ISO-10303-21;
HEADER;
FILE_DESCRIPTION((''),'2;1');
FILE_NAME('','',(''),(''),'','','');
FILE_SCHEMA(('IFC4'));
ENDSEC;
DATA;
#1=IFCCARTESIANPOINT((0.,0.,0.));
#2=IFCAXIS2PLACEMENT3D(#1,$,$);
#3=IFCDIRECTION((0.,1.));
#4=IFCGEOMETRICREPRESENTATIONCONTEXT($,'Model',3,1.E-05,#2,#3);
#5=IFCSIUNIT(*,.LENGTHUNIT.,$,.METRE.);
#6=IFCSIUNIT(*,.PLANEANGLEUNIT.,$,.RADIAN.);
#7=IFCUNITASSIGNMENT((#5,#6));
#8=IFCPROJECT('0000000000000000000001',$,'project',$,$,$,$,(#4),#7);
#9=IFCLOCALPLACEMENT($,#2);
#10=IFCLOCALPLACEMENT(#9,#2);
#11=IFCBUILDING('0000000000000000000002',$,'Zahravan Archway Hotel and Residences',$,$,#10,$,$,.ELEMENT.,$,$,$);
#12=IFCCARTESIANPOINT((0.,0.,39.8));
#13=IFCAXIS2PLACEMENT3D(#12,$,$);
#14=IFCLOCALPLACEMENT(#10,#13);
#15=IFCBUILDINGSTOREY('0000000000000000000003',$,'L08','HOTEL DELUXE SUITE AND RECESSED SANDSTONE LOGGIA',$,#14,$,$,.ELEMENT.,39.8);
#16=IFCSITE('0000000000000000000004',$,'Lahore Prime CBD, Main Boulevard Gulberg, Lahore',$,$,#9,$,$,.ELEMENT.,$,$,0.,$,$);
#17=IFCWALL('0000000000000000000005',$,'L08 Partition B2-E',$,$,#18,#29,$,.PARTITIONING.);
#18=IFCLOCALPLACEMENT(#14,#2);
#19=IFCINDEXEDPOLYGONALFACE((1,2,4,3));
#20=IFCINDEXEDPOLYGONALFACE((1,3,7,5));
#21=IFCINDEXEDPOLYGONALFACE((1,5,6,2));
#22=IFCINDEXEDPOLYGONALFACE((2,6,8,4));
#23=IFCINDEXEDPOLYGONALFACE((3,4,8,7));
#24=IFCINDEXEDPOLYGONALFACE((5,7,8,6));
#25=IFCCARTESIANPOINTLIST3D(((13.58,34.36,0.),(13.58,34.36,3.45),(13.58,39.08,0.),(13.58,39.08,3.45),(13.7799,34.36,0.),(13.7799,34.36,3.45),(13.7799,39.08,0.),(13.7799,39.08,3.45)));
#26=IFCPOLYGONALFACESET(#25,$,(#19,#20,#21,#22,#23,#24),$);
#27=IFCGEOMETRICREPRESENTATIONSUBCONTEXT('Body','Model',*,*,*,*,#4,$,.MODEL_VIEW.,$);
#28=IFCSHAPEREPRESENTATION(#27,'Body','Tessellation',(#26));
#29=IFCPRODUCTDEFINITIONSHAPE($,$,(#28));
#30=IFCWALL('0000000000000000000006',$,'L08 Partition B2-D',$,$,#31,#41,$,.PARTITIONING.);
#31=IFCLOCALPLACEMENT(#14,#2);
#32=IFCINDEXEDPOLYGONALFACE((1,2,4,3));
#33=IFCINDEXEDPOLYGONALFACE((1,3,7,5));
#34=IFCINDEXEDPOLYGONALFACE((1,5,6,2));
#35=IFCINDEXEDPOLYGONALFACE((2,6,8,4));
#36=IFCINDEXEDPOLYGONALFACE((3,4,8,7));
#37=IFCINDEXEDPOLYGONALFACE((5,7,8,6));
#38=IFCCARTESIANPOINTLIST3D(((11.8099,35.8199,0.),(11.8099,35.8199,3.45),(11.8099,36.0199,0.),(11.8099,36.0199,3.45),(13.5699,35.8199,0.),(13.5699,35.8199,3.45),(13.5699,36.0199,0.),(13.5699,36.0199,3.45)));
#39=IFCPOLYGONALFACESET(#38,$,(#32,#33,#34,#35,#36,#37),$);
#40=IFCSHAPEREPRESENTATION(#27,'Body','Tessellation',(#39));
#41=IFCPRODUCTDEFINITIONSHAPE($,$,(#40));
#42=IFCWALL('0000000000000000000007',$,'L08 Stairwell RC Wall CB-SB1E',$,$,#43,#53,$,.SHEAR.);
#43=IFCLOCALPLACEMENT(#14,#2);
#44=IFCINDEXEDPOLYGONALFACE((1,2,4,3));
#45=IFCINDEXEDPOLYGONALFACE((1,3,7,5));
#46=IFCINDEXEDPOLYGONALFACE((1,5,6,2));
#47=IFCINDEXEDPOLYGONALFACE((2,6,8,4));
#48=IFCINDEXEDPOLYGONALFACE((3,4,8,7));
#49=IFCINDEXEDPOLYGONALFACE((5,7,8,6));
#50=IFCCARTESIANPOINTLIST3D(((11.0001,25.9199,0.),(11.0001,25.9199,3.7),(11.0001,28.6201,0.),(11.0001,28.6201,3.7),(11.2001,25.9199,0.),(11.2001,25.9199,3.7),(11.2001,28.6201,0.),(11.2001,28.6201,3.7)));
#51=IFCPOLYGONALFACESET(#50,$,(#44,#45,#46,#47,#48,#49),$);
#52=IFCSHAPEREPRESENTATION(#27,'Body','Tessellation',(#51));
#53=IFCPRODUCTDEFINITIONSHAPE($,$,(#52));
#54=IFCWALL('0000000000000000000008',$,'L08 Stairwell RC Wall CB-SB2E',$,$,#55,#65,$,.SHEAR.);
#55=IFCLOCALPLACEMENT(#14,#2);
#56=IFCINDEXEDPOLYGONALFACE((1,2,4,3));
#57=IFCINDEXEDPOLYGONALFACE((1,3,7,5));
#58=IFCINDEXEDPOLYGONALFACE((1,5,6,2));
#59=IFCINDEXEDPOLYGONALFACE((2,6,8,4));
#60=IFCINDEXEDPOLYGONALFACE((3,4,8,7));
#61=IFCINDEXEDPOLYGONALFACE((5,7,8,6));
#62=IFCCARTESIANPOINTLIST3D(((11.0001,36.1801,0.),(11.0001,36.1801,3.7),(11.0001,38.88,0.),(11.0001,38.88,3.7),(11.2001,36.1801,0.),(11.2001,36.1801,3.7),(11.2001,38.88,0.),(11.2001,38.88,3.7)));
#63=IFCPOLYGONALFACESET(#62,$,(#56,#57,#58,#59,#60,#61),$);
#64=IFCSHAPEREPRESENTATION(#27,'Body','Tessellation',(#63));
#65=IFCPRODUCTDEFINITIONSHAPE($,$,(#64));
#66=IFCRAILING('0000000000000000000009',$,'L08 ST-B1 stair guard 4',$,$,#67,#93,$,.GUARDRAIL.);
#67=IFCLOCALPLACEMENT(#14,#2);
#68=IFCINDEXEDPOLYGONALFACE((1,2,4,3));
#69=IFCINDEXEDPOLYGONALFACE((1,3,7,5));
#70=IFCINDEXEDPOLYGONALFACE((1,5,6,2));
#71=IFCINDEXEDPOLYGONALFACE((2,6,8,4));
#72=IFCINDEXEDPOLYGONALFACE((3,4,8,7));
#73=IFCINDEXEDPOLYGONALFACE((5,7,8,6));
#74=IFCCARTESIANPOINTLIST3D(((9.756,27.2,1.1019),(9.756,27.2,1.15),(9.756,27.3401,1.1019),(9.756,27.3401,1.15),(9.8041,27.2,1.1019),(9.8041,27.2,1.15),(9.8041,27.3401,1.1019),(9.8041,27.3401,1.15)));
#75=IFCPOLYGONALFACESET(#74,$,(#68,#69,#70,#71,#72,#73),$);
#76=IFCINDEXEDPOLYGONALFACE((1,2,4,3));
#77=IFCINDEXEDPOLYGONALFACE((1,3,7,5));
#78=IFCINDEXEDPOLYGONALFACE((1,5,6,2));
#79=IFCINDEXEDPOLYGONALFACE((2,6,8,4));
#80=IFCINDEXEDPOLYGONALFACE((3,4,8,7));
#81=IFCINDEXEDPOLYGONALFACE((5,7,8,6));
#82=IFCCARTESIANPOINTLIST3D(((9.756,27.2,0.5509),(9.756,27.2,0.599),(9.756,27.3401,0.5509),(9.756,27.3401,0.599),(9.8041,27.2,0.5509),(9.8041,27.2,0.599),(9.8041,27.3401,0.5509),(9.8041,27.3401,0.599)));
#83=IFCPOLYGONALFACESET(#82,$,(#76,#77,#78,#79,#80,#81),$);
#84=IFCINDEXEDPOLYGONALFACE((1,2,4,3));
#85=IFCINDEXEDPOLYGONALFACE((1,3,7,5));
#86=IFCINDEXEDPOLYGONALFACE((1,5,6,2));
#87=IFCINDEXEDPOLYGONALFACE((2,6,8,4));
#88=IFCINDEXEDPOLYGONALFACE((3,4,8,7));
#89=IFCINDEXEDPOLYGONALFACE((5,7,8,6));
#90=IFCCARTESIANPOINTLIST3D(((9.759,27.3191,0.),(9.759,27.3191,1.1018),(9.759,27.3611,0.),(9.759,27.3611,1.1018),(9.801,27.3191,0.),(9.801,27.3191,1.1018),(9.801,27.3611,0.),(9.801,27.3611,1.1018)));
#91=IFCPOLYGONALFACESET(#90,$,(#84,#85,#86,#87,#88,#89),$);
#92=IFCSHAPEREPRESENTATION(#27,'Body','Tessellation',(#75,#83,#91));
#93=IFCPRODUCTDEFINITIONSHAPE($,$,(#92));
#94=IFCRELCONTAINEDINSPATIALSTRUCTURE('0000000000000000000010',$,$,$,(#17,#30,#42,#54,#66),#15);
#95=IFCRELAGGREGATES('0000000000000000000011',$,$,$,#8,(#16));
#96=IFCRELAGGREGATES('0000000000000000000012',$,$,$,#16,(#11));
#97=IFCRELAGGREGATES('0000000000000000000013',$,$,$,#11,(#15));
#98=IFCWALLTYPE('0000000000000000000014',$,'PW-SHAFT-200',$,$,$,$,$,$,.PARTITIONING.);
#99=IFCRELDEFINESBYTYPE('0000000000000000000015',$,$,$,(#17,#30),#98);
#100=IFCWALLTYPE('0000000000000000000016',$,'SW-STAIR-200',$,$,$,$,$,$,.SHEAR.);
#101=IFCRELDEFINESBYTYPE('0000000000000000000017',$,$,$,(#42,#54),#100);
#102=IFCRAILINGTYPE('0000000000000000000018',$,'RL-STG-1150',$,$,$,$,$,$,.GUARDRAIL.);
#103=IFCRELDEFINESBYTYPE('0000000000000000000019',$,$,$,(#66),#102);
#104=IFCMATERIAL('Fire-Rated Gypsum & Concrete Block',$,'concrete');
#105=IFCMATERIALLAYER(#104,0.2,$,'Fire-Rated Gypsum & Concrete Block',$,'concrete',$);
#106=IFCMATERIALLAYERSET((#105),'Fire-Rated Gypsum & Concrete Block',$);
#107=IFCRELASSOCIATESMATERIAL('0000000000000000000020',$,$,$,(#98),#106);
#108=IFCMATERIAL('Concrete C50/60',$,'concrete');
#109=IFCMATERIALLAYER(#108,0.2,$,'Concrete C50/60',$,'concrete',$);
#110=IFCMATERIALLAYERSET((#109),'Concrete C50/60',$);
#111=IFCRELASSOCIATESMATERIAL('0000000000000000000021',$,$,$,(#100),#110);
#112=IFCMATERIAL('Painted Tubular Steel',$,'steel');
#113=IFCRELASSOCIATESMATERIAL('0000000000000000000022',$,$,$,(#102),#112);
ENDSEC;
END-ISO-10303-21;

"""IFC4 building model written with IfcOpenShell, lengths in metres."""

from ifc_helpers import new_model, si_unit, direction, frame, frame_2d, origin, origin_2d, place, context, subcontext, project, spatial, rectangle, extrude, material, layer, layer_set, type_object, element, save


model = new_model("IFC4")

# Units and contexts
model_context = context("Model", 3, precision=1e-05, world=origin(), true_north=direction((0.0, 1.0)))
body_context = subcontext(model_context, "Body", "Model", "MODEL_VIEW")
ifc_project = project(units=[si_unit("LENGTHUNIT", "METRE"), si_unit("PLANEANGLEUNIT", "RADIAN")], contexts=[model_context])

# Site, building, storey
site_placement = place(None, origin())
site = spatial("IfcSite", under=ifc_project, at=site_placement, Name="Lahore Prime CBD, Main Boulevard Gulberg, Lahore", CompositionType="ELEMENT", RefElevation=0.0)
building_placement = place(site_placement, origin())
building = spatial("IfcBuilding", under=site, at=building_placement, Name="Zahravan Archway Hotel and Residences", CompositionType="ELEMENT")
storey_placement = place(building_placement, frame((0.0, 0.0, 39.8)))
storey = spatial("IfcBuildingStorey", under=building, at=storey_placement, Name="L08", Description="HOTEL DELUXE SUITE AND RECESSED SANDSTONE LOGGIA", CompositionType="ELEMENT", Elevation=39.8)

# Shared definitions
ifc_material_1 = material(Name="Fire-Rated Gypsum & Concrete Block", Category="concrete")
ifc_layer_1 = layer(ifc_material_1, 0.2, Name="Fire-Rated Gypsum & Concrete Block", Category="concrete")
ifc_layer_set_1 = layer_set([ifc_layer_1], Name="Fire-Rated Gypsum & Concrete Block")
wall_type_1 = type_object("IfcWallType", Name="PW-SHAFT-200", PredefinedType="PARTITIONING", material=ifc_layer_set_1)

# Walls
wall_1_placement = place(storey_placement, frame((13.6799, 34.3601, 0.0), z_axis=(0.0, 0.0, 1.0), x_axis=(0.0, 1.0, 0.0)))
element("IfcWall", 1, at=wall_1_placement, inside=storey, type_object=wall_type_1, Name="L08 Partition B2-E", PredefinedType="PARTITIONING", context=body_context, shape_type="SweptSolid", body=[
    extrude(rectangle(XDim=4.72, YDim=0.2, at=frame_2d((2.3599, 0.0))), origin(), (0.0, 0.0, 1.0), 3.45),
])
wall_2_placement = place(storey_placement, frame((11.8101, 35.9199, 0.0), z_axis=(0.0, 0.0, 1.0), x_axis=(1.0, 0.0, 0.0)))
element("IfcWall", 2, at=wall_2_placement, inside=storey, type_object=wall_type_1, Name="L08 Partition B2-D", PredefinedType="PARTITIONING", context=body_context, shape_type="SweptSolid", body=[
    extrude(rectangle(XDim=1.76, YDim=0.2, at=frame_2d((0.8799, 0.0))), origin(), (0.0, 0.0, 1.0), 3.45),
])
ifc_material_2 = material(Name="Concrete C50/60", Category="concrete")
ifc_layer_2 = layer(ifc_material_2, 0.2, Name="Concrete C50/60", Category="concrete")
ifc_layer_set_2 = layer_set([ifc_layer_2], Name="Concrete C50/60")
wall_type_2 = type_object("IfcWallType", Name="SW-STAIR-200", PredefinedType="SHEAR", material=ifc_layer_set_2)
wall_3_placement = place(storey_placement, frame((11.1001, 25.9199, 0.0), z_axis=(0.0, 0.0, 1.0), x_axis=(0.0, 1.0, 0.0)))
element("IfcWall", 3, at=wall_3_placement, inside=storey, type_object=wall_type_2, Name="L08 Stairwell RC Wall CB-SB1E", PredefinedType="SHEAR", context=body_context, shape_type="SweptSolid", body=[
    extrude(rectangle(XDim=2.7002, YDim=0.2, at=frame_2d((1.3501, 0.0))), origin(), (0.0, 0.0, 1.0), 3.7),
])
wall_4_placement = place(storey_placement, frame((11.1001, 36.1799, 0.0), z_axis=(0.0, 0.0, 1.0), x_axis=(0.0, 1.0, 0.0)))
element("IfcWall", 4, at=wall_4_placement, inside=storey, type_object=wall_type_2, Name="L08 Stairwell RC Wall CB-SB2E", PredefinedType="SHEAR", context=body_context, shape_type="SweptSolid", body=[
    extrude(rectangle(XDim=2.7, YDim=0.2, at=frame_2d((1.3501, 0.0))), origin(), (0.0, 0.0, 1.0), 3.7),
])

# Railing
ifc_material_3 = material(Name="Painted Tubular Steel", Category="steel")
railing_type = type_object("IfcRailingType", Name="RL-STG-1150", PredefinedType="GUARDRAIL", material=ifc_material_3)
railing_placement = place(storey_placement, frame((9.78, 27.3401, 0.0)))
element("IfcRailing", 5, at=railing_placement, inside=storey, type_object=railing_type, Name="L08 ST-B1 stair guard 4", PredefinedType="GUARDRAIL", context=body_context, shape_type="SweptSolid", body=[
    extrude(rectangle(XDim=0.0481, YDim=0.0481, at=origin_2d()), frame((0.0, 0.0, 1.126), z_axis=(0.0, -1.0, 0.0), x_axis=(1.0, 0.0, 0.0)), (0.0, 0.0, 1.0), 0.1401),
    extrude(rectangle(XDim=0.0481, YDim=0.0481, at=origin_2d()), frame((0.0, 0.0, 0.575), z_axis=(0.0, -1.0, 0.0), x_axis=(1.0, 0.0, 0.0)), (0.0, 0.0, 1.0), 0.1401),
    extrude(rectangle(XDim=0.042, YDim=0.042, at=origin_2d()), origin(), (0.0, 0.0, 1.0), 1.1018),
])

save(model, "model.ifc")
